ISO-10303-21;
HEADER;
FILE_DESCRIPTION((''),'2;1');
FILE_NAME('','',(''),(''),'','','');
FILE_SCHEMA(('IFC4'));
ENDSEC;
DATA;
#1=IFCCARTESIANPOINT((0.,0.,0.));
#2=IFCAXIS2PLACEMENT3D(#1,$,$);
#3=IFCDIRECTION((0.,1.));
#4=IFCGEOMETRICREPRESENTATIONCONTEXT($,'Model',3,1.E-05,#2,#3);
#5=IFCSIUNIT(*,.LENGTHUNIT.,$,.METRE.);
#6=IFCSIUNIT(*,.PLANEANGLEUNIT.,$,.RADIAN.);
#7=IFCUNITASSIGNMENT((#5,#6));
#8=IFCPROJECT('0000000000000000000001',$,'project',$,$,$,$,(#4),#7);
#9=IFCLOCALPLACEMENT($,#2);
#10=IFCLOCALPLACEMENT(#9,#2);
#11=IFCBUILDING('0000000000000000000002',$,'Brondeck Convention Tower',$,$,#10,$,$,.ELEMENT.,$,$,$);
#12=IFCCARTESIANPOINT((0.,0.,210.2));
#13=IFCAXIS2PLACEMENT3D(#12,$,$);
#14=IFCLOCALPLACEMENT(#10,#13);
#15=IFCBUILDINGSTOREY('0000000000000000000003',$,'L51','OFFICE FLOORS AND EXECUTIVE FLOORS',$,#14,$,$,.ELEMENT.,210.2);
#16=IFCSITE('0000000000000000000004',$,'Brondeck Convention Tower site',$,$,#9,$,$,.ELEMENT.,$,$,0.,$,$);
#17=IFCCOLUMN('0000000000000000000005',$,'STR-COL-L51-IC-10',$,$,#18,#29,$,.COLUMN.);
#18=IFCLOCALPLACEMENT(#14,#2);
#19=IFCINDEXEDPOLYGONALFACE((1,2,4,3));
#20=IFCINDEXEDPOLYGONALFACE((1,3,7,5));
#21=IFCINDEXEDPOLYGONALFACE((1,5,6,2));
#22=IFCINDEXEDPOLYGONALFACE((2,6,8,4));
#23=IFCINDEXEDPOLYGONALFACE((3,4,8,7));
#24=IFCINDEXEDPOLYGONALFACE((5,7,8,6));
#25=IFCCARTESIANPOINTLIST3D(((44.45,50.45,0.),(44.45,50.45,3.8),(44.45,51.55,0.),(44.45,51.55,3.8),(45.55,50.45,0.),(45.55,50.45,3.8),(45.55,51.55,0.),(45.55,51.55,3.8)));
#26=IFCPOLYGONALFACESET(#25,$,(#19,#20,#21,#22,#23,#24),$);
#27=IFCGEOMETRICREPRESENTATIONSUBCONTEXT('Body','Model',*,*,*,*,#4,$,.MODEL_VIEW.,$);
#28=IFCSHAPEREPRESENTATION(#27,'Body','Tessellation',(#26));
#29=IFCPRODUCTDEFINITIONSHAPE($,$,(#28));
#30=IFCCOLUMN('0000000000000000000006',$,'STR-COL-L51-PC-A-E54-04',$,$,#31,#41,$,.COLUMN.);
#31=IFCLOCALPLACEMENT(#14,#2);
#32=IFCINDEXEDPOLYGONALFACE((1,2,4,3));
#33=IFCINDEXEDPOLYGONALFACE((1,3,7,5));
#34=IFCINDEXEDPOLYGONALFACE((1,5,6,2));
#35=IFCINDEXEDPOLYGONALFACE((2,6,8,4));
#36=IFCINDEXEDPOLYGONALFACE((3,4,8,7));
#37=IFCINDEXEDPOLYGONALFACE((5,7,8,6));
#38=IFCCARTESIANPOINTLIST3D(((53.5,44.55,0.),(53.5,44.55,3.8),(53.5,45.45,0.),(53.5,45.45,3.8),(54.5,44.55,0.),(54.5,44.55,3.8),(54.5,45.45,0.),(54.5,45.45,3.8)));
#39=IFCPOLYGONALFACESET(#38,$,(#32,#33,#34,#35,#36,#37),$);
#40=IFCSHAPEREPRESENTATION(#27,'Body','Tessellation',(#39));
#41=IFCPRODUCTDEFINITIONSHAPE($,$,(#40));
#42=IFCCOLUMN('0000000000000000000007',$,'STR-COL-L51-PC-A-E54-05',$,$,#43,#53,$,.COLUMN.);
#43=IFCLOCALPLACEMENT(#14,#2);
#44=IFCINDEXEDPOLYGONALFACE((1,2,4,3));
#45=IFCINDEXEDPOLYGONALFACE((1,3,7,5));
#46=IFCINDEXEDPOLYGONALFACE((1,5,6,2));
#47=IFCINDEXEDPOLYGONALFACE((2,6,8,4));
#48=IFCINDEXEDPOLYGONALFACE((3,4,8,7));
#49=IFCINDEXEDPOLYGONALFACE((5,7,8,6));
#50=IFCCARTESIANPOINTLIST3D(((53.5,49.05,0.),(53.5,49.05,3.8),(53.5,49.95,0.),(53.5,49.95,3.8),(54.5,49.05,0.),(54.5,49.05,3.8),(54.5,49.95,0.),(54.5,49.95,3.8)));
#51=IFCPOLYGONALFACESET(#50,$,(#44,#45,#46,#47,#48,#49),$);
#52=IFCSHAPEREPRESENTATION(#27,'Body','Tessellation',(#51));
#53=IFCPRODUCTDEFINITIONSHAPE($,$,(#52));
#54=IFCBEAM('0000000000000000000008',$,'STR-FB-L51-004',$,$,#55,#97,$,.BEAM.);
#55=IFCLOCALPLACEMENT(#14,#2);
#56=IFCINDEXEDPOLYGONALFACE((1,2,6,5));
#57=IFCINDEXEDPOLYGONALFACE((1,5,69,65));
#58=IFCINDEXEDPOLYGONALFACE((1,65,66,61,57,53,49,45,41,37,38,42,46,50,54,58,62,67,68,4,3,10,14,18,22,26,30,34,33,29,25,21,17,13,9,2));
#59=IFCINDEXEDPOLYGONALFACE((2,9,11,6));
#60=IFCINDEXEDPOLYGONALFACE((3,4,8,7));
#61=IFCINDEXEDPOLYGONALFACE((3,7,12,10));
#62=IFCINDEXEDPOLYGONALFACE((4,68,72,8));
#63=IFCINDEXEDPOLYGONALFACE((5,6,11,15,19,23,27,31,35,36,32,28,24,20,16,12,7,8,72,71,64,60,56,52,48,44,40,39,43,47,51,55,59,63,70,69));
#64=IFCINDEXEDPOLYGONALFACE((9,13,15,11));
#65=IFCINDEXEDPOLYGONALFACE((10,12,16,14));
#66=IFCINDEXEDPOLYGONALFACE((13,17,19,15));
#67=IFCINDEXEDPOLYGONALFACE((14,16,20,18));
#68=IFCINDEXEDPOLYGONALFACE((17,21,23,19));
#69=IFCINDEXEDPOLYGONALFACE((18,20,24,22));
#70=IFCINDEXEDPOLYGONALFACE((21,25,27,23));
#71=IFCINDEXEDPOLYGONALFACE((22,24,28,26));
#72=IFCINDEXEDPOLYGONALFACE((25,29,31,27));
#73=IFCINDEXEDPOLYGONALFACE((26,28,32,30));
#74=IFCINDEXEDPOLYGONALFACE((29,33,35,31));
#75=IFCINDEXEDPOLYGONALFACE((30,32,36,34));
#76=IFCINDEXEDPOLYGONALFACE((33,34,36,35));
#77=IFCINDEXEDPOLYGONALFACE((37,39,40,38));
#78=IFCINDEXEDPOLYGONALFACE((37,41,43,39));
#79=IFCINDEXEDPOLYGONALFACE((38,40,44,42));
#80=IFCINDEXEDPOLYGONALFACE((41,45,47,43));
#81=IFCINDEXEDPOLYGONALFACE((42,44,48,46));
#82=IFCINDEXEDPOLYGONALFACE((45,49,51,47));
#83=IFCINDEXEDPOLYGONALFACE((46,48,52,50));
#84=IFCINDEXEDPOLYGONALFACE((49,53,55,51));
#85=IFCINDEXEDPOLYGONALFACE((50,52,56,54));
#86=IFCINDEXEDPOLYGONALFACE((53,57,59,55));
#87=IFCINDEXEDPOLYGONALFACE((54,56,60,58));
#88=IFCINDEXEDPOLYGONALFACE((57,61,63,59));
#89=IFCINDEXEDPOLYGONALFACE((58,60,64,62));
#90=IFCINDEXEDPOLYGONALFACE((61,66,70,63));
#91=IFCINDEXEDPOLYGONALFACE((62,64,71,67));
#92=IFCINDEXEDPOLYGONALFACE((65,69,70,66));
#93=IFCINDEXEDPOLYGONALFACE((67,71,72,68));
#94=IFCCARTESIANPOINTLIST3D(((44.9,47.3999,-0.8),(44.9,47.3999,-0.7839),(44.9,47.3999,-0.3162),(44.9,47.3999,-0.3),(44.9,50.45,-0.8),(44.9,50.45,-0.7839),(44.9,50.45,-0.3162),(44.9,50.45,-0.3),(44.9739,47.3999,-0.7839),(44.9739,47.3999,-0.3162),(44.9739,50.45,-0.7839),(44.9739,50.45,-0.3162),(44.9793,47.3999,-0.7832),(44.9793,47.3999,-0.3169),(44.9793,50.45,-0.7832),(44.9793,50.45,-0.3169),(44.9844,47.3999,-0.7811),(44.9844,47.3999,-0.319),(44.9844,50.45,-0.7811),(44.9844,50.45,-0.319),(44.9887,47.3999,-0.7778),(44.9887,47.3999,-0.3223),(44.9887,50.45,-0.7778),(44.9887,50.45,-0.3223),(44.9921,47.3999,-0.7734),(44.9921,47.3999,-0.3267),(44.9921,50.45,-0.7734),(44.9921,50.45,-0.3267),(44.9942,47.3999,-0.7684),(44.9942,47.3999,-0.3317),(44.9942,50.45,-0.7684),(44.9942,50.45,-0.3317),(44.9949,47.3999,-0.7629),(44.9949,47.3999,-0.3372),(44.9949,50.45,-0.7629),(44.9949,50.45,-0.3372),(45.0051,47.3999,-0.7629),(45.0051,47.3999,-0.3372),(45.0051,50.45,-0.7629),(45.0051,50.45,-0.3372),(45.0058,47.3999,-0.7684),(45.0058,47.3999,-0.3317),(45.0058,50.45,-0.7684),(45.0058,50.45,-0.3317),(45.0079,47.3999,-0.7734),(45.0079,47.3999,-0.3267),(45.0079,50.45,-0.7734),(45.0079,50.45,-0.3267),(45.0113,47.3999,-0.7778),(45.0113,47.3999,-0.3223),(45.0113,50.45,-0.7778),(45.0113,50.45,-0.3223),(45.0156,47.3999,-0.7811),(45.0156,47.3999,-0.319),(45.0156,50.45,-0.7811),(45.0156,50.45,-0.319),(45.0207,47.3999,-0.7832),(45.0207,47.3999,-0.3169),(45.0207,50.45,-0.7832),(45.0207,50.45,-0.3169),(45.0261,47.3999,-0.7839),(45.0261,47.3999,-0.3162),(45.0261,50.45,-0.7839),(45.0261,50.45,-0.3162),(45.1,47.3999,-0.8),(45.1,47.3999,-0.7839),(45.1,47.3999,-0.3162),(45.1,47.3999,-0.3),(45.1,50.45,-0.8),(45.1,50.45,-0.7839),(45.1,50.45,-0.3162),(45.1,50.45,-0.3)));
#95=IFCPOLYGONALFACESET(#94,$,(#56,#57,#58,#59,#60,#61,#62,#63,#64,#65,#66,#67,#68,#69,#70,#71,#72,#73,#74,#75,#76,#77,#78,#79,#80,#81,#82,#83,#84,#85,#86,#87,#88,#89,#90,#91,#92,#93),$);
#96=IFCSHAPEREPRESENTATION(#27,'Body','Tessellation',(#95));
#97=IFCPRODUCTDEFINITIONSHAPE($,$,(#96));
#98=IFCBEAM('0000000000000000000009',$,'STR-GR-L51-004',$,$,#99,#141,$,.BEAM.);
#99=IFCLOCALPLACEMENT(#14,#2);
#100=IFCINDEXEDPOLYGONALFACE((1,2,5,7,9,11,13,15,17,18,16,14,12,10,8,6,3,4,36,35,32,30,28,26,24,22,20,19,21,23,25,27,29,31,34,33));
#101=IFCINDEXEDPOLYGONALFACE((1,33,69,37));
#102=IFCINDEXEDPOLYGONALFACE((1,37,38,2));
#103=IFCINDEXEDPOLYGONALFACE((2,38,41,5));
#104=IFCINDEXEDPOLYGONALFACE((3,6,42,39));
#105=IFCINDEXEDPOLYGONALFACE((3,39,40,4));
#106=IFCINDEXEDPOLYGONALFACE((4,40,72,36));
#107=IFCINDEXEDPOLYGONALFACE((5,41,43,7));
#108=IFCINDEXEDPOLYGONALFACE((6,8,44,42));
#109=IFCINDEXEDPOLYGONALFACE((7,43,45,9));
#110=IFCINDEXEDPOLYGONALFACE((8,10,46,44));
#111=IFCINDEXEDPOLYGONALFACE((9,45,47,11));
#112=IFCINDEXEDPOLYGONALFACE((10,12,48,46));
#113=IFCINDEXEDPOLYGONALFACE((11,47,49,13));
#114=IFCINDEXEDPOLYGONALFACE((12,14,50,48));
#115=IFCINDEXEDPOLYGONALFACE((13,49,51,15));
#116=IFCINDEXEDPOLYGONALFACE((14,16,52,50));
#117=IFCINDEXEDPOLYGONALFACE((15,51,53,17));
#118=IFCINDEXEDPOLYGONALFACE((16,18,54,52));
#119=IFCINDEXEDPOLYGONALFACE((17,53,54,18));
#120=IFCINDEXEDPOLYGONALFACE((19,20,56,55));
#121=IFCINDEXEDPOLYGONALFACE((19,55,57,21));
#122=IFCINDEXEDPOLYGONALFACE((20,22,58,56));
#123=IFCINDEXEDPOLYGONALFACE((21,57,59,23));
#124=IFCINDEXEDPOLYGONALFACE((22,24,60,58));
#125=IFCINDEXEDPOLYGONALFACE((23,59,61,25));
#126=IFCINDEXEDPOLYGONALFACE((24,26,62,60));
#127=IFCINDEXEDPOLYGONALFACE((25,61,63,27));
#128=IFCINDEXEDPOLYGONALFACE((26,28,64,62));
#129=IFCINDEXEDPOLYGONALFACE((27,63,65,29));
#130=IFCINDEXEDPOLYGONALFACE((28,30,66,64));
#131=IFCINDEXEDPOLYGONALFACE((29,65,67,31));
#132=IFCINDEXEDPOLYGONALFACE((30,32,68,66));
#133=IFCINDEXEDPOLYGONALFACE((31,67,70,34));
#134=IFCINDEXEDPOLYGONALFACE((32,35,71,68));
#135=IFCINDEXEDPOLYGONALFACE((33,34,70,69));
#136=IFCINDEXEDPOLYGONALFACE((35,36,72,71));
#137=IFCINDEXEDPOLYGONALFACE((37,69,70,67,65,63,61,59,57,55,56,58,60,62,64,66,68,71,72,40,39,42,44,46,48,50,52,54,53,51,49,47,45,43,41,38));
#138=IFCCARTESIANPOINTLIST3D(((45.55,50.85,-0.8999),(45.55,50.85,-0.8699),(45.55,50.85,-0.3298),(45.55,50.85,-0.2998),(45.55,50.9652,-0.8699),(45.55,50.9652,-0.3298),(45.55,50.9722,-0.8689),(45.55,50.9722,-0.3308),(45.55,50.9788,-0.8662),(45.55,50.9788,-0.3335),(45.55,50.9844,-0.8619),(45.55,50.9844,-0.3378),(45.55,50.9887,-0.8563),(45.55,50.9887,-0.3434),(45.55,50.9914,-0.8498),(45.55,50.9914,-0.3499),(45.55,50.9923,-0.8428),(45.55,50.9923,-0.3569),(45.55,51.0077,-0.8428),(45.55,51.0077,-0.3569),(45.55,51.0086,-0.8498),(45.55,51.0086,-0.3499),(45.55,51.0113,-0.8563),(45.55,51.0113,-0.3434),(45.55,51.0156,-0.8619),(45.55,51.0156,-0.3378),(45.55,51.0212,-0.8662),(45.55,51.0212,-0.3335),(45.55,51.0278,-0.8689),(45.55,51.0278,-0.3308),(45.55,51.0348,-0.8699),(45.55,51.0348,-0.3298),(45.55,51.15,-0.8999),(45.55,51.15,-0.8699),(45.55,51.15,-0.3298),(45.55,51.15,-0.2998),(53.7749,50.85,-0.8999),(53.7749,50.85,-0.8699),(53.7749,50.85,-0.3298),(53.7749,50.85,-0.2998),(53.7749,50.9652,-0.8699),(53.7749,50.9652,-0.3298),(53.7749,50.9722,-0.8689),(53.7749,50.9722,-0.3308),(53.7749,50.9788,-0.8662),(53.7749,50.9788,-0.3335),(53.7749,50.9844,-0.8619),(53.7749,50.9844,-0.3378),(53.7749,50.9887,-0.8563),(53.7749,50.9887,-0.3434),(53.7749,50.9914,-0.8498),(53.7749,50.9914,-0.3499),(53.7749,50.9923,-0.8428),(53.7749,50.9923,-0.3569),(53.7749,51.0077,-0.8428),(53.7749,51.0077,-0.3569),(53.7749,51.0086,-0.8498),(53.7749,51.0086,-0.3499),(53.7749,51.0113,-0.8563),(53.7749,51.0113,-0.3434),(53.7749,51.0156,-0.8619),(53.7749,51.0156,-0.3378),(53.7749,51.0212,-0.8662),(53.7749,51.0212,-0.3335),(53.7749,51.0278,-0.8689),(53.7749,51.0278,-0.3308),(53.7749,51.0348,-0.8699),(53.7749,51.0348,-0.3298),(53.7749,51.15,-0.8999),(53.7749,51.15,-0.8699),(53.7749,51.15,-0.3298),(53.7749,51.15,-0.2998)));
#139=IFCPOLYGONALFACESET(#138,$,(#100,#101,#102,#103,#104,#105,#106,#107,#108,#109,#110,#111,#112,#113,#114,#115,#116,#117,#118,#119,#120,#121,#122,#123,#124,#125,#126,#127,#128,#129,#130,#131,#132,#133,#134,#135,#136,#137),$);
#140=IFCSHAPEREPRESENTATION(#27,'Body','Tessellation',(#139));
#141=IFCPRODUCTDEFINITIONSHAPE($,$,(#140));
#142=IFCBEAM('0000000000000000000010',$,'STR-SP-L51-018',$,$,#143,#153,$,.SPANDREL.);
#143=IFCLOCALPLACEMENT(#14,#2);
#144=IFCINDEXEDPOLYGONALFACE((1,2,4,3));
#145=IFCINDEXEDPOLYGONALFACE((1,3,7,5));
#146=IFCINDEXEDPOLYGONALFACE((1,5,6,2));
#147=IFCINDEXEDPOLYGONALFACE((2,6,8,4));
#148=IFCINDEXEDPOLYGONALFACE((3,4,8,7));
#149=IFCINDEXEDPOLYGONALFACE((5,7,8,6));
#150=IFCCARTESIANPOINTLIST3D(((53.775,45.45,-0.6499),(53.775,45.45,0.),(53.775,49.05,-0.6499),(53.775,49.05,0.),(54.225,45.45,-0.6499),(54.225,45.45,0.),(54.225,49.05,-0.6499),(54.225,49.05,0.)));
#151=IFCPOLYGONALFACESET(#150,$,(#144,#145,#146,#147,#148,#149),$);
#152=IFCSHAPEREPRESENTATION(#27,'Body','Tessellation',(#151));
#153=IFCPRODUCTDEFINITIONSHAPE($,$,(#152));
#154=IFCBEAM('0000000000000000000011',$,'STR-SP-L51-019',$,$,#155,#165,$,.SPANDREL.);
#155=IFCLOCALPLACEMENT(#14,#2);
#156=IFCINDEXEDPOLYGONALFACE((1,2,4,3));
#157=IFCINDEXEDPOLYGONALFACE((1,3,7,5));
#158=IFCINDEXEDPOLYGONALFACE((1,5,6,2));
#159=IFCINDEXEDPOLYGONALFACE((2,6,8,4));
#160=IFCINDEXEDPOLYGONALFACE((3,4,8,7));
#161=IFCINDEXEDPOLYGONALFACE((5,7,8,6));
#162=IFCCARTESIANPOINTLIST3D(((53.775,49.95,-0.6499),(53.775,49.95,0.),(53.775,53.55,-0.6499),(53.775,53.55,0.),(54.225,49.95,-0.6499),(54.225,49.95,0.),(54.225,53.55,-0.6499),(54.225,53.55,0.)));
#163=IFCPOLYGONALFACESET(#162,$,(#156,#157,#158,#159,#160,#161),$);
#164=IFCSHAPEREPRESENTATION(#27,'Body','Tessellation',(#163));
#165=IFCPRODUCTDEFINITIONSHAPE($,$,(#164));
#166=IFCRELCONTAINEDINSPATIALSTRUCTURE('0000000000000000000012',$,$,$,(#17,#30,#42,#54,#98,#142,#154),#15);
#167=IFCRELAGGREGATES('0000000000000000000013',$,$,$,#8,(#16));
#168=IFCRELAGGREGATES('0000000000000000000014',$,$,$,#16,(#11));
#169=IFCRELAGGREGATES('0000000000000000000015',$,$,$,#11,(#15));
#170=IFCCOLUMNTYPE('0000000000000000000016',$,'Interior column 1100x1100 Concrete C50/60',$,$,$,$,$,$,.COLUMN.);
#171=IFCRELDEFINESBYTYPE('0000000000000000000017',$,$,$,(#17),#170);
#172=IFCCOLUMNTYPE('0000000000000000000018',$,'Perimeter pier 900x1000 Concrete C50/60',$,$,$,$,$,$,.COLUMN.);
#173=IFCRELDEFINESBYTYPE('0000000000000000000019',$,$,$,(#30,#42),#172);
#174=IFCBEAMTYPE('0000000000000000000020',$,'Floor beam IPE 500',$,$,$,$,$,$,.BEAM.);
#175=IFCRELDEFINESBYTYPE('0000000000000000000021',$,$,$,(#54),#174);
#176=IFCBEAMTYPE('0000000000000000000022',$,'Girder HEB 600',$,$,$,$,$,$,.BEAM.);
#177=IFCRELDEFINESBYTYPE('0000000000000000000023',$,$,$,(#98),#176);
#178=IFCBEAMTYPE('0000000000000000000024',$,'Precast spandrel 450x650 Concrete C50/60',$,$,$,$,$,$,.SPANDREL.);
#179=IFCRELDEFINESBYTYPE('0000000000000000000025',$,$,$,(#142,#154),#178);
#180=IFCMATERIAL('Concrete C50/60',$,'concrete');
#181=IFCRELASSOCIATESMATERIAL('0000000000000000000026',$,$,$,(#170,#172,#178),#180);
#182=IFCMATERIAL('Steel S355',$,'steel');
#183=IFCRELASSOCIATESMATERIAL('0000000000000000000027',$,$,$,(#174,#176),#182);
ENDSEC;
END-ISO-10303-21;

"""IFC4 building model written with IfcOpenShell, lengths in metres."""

from ifc_helpers import new_model, si_unit, direction, frame, origin, origin_2d, place, context, subcontext, project, spatial, rectangle, i_section, extrude, material, material_profile, profile_set, type_object, element, save


model = new_model("IFC4")

# Units and contexts
model_context = context("Model", 3, precision=1e-05, world=origin(), true_north=direction((0.0, 1.0)))
body_context = subcontext(model_context, "Body", "Model", "MODEL_VIEW")
ifc_project = project(units=[si_unit("LENGTHUNIT", "METRE"), si_unit("PLANEANGLEUNIT", "RADIAN")], contexts=[model_context])

# Site, building, storey
site_placement = place(None, origin())
site = spatial("IfcSite", under=ifc_project, at=site_placement, Name="Brondeck Convention Tower site", CompositionType="ELEMENT", RefElevation=0.0)
building_placement = place(site_placement, origin())
building = spatial("IfcBuilding", under=site, at=building_placement, Name="Brondeck Convention Tower", CompositionType="ELEMENT")
storey_placement = place(building_placement, frame((0.0, 0.0, 210.2)))
storey = spatial("IfcBuildingStorey", under=building, at=storey_placement, Name="L51", Description="OFFICE FLOORS AND EXECUTIVE FLOORS", CompositionType="ELEMENT", Elevation=210.2)

# Columns
ifc_material_1 = material(Name="Concrete C50/60", Category="concrete")
ifc_material_profile_1 = material_profile(ifc_material_1, rectangle(XDim=1.1001, YDim=1.1001, at=origin_2d()), Name="Interior column 1100x1100 Concrete C50/60")
ifc_profile_set_1 = profile_set([ifc_material_profile_1], Name="Concrete C50/60")
column_type_1 = type_object("IfcColumnType", Name="Interior column 1100x1100 Concrete C50/60", PredefinedType="COLUMN", material=ifc_profile_set_1)
column_placement = place(storey_placement, frame((45.0, 51.0, 0.0), z_axis=(0.0, 0.0, 1.0), x_axis=(1.0, 0.0, 0.0)))
element("IfcColumn", 1, at=column_placement, inside=storey, type_object=column_type_1, Name="STR-COL-L51-IC-10", PredefinedType="COLUMN", context=body_context, shape_type="SweptSolid", body=[
    extrude(rectangle(XDim=1.1001, YDim=1.1001, at=origin_2d()), origin(), (0.0, 0.0, 1.0), 3.8),
])
ifc_material_profile_2 = material_profile(ifc_material_1, rectangle(XDim=0.8999, YDim=1.0, at=origin_2d()), Name="Perimeter pier 900x1000 Concrete C50/60")
ifc_profile_set_2 = profile_set([ifc_material_profile_2], Name="Concrete C50/60")
column_type_2 = type_object("IfcColumnType", Name="Perimeter pier 900x1000 Concrete C50/60", PredefinedType="COLUMN", material=ifc_profile_set_2)
for number, where, z_axis, x_axis, name in (
    (2, (54.0, 45.0, 0.0), (0.0, 0.0, 1.0), (0.0, 1.0, 0.0), "STR-COL-L51-PC-A-E54-04"),
    (3, (54.0, 49.5, 0.0), (0.0, 0.0, 1.0), (0.0, 1.0, 0.0), "STR-COL-L51-PC-A-E54-05"),
):
    element("IfcColumn", number, at=place(storey_placement, frame(where, z_axis=z_axis, x_axis=x_axis)), inside=storey, type_object=column_type_2, Name=name, PredefinedType="COLUMN", context=body_context, shape_type="SweptSolid", body=[
        extrude(rectangle(XDim=0.8999, YDim=1.0, at=origin_2d()), origin(), (0.0, 0.0, 1.0), 3.8),
    ])

# Beams
ifc_material_2 = material(Name="Steel S355", Category="steel")
ifc_material_profile_3 = material_profile(ifc_material_2, i_section(OverallWidth=0.2, OverallDepth=0.5, WebThickness=0.0103, FlangeThickness=0.0161, FilletRadius=0.021, at=origin_2d()), Name="IPE 500")
ifc_profile_set_3 = profile_set([ifc_material_profile_3], Name="Steel S355")
beam_type_1 = type_object("IfcBeamType", Name="Floor beam IPE 500", PredefinedType="BEAM", material=ifc_profile_set_3)
beam_1_placement = place(storey_placement, frame((45.0, 47.3999, -0.55), z_axis=(0.0, 1.0, 0.0), x_axis=(-1.0, 0.0, 0.0)))
element("IfcBeam", 4, at=beam_1_placement, inside=storey, type_object=beam_type_1, Name="STR-FB-L51-004", PredefinedType="BEAM", context=body_context, shape_type="SweptSolid", body=[
    extrude(i_section(OverallWidth=0.2, OverallDepth=0.5, WebThickness=0.0103, FlangeThickness=0.0161, FilletRadius=0.021, at=origin_2d()), origin(), (0.0, 0.0, 1.0), 3.05),
])
ifc_material_profile_4 = material_profile(ifc_material_2, i_section(OverallWidth=0.3, OverallDepth=0.6001, WebThickness=0.0154, FlangeThickness=0.03, FilletRadius=0.0271, at=origin_2d()), Name="HEB 600")
ifc_profile_set_4 = profile_set([ifc_material_profile_4], Name="Steel S355")
beam_type_2 = type_object("IfcBeamType", Name="Girder HEB 600", PredefinedType="BEAM", material=ifc_profile_set_4)
beam_2_placement = place(storey_placement, frame((45.55, 51.0, -0.5999), z_axis=(1.0, 0.0, 0.0), x_axis=(0.0, 1.0, 0.0)))
element("IfcBeam", 5, at=beam_2_placement, inside=storey, type_object=beam_type_2, Name="STR-GR-L51-004", PredefinedType="BEAM", context=body_context, shape_type="SweptSolid", body=[
    extrude(i_section(OverallWidth=0.3, OverallDepth=0.6001, WebThickness=0.0154, FlangeThickness=0.03, FilletRadius=0.0271, at=origin_2d()), origin(), (0.0, 0.0, 1.0), 8.2249),
])
ifc_material_profile_5 = material_profile(ifc_material_1, rectangle(XDim=0.45, YDim=0.6499, at=origin_2d()), Name="Precast spandrel 450x650 Concrete C50/60")
ifc_profile_set_5 = profile_set([ifc_material_profile_5], Name="Concrete C50/60")
beam_type_3 = type_object("IfcBeamType", Name="Precast spandrel 450x650 Concrete C50/60", PredefinedType="SPANDREL", material=ifc_profile_set_5)
for number, where, z_axis, x_axis, name in (
    (6, (54.0, 45.45, -0.325), (0.0, 1.0, 0.0), (-1.0, 0.0, 0.0), "STR-SP-L51-018"),
    (7, (54.0, 49.95, -0.325), (0.0, 1.0, 0.0), (-1.0, 0.0, 0.0), "STR-SP-L51-019"),
):
    element("IfcBeam", number, at=place(storey_placement, frame(where, z_axis=z_axis, x_axis=x_axis)), inside=storey, type_object=beam_type_3, Name=name, PredefinedType="SPANDREL", context=body_context, shape_type="SweptSolid", body=[
        extrude(rectangle(XDim=0.45, YDim=0.6499, at=origin_2d()), origin(), (0.0, 0.0, 1.0), 3.6001),
    ])

save(model, "model.ifc")
